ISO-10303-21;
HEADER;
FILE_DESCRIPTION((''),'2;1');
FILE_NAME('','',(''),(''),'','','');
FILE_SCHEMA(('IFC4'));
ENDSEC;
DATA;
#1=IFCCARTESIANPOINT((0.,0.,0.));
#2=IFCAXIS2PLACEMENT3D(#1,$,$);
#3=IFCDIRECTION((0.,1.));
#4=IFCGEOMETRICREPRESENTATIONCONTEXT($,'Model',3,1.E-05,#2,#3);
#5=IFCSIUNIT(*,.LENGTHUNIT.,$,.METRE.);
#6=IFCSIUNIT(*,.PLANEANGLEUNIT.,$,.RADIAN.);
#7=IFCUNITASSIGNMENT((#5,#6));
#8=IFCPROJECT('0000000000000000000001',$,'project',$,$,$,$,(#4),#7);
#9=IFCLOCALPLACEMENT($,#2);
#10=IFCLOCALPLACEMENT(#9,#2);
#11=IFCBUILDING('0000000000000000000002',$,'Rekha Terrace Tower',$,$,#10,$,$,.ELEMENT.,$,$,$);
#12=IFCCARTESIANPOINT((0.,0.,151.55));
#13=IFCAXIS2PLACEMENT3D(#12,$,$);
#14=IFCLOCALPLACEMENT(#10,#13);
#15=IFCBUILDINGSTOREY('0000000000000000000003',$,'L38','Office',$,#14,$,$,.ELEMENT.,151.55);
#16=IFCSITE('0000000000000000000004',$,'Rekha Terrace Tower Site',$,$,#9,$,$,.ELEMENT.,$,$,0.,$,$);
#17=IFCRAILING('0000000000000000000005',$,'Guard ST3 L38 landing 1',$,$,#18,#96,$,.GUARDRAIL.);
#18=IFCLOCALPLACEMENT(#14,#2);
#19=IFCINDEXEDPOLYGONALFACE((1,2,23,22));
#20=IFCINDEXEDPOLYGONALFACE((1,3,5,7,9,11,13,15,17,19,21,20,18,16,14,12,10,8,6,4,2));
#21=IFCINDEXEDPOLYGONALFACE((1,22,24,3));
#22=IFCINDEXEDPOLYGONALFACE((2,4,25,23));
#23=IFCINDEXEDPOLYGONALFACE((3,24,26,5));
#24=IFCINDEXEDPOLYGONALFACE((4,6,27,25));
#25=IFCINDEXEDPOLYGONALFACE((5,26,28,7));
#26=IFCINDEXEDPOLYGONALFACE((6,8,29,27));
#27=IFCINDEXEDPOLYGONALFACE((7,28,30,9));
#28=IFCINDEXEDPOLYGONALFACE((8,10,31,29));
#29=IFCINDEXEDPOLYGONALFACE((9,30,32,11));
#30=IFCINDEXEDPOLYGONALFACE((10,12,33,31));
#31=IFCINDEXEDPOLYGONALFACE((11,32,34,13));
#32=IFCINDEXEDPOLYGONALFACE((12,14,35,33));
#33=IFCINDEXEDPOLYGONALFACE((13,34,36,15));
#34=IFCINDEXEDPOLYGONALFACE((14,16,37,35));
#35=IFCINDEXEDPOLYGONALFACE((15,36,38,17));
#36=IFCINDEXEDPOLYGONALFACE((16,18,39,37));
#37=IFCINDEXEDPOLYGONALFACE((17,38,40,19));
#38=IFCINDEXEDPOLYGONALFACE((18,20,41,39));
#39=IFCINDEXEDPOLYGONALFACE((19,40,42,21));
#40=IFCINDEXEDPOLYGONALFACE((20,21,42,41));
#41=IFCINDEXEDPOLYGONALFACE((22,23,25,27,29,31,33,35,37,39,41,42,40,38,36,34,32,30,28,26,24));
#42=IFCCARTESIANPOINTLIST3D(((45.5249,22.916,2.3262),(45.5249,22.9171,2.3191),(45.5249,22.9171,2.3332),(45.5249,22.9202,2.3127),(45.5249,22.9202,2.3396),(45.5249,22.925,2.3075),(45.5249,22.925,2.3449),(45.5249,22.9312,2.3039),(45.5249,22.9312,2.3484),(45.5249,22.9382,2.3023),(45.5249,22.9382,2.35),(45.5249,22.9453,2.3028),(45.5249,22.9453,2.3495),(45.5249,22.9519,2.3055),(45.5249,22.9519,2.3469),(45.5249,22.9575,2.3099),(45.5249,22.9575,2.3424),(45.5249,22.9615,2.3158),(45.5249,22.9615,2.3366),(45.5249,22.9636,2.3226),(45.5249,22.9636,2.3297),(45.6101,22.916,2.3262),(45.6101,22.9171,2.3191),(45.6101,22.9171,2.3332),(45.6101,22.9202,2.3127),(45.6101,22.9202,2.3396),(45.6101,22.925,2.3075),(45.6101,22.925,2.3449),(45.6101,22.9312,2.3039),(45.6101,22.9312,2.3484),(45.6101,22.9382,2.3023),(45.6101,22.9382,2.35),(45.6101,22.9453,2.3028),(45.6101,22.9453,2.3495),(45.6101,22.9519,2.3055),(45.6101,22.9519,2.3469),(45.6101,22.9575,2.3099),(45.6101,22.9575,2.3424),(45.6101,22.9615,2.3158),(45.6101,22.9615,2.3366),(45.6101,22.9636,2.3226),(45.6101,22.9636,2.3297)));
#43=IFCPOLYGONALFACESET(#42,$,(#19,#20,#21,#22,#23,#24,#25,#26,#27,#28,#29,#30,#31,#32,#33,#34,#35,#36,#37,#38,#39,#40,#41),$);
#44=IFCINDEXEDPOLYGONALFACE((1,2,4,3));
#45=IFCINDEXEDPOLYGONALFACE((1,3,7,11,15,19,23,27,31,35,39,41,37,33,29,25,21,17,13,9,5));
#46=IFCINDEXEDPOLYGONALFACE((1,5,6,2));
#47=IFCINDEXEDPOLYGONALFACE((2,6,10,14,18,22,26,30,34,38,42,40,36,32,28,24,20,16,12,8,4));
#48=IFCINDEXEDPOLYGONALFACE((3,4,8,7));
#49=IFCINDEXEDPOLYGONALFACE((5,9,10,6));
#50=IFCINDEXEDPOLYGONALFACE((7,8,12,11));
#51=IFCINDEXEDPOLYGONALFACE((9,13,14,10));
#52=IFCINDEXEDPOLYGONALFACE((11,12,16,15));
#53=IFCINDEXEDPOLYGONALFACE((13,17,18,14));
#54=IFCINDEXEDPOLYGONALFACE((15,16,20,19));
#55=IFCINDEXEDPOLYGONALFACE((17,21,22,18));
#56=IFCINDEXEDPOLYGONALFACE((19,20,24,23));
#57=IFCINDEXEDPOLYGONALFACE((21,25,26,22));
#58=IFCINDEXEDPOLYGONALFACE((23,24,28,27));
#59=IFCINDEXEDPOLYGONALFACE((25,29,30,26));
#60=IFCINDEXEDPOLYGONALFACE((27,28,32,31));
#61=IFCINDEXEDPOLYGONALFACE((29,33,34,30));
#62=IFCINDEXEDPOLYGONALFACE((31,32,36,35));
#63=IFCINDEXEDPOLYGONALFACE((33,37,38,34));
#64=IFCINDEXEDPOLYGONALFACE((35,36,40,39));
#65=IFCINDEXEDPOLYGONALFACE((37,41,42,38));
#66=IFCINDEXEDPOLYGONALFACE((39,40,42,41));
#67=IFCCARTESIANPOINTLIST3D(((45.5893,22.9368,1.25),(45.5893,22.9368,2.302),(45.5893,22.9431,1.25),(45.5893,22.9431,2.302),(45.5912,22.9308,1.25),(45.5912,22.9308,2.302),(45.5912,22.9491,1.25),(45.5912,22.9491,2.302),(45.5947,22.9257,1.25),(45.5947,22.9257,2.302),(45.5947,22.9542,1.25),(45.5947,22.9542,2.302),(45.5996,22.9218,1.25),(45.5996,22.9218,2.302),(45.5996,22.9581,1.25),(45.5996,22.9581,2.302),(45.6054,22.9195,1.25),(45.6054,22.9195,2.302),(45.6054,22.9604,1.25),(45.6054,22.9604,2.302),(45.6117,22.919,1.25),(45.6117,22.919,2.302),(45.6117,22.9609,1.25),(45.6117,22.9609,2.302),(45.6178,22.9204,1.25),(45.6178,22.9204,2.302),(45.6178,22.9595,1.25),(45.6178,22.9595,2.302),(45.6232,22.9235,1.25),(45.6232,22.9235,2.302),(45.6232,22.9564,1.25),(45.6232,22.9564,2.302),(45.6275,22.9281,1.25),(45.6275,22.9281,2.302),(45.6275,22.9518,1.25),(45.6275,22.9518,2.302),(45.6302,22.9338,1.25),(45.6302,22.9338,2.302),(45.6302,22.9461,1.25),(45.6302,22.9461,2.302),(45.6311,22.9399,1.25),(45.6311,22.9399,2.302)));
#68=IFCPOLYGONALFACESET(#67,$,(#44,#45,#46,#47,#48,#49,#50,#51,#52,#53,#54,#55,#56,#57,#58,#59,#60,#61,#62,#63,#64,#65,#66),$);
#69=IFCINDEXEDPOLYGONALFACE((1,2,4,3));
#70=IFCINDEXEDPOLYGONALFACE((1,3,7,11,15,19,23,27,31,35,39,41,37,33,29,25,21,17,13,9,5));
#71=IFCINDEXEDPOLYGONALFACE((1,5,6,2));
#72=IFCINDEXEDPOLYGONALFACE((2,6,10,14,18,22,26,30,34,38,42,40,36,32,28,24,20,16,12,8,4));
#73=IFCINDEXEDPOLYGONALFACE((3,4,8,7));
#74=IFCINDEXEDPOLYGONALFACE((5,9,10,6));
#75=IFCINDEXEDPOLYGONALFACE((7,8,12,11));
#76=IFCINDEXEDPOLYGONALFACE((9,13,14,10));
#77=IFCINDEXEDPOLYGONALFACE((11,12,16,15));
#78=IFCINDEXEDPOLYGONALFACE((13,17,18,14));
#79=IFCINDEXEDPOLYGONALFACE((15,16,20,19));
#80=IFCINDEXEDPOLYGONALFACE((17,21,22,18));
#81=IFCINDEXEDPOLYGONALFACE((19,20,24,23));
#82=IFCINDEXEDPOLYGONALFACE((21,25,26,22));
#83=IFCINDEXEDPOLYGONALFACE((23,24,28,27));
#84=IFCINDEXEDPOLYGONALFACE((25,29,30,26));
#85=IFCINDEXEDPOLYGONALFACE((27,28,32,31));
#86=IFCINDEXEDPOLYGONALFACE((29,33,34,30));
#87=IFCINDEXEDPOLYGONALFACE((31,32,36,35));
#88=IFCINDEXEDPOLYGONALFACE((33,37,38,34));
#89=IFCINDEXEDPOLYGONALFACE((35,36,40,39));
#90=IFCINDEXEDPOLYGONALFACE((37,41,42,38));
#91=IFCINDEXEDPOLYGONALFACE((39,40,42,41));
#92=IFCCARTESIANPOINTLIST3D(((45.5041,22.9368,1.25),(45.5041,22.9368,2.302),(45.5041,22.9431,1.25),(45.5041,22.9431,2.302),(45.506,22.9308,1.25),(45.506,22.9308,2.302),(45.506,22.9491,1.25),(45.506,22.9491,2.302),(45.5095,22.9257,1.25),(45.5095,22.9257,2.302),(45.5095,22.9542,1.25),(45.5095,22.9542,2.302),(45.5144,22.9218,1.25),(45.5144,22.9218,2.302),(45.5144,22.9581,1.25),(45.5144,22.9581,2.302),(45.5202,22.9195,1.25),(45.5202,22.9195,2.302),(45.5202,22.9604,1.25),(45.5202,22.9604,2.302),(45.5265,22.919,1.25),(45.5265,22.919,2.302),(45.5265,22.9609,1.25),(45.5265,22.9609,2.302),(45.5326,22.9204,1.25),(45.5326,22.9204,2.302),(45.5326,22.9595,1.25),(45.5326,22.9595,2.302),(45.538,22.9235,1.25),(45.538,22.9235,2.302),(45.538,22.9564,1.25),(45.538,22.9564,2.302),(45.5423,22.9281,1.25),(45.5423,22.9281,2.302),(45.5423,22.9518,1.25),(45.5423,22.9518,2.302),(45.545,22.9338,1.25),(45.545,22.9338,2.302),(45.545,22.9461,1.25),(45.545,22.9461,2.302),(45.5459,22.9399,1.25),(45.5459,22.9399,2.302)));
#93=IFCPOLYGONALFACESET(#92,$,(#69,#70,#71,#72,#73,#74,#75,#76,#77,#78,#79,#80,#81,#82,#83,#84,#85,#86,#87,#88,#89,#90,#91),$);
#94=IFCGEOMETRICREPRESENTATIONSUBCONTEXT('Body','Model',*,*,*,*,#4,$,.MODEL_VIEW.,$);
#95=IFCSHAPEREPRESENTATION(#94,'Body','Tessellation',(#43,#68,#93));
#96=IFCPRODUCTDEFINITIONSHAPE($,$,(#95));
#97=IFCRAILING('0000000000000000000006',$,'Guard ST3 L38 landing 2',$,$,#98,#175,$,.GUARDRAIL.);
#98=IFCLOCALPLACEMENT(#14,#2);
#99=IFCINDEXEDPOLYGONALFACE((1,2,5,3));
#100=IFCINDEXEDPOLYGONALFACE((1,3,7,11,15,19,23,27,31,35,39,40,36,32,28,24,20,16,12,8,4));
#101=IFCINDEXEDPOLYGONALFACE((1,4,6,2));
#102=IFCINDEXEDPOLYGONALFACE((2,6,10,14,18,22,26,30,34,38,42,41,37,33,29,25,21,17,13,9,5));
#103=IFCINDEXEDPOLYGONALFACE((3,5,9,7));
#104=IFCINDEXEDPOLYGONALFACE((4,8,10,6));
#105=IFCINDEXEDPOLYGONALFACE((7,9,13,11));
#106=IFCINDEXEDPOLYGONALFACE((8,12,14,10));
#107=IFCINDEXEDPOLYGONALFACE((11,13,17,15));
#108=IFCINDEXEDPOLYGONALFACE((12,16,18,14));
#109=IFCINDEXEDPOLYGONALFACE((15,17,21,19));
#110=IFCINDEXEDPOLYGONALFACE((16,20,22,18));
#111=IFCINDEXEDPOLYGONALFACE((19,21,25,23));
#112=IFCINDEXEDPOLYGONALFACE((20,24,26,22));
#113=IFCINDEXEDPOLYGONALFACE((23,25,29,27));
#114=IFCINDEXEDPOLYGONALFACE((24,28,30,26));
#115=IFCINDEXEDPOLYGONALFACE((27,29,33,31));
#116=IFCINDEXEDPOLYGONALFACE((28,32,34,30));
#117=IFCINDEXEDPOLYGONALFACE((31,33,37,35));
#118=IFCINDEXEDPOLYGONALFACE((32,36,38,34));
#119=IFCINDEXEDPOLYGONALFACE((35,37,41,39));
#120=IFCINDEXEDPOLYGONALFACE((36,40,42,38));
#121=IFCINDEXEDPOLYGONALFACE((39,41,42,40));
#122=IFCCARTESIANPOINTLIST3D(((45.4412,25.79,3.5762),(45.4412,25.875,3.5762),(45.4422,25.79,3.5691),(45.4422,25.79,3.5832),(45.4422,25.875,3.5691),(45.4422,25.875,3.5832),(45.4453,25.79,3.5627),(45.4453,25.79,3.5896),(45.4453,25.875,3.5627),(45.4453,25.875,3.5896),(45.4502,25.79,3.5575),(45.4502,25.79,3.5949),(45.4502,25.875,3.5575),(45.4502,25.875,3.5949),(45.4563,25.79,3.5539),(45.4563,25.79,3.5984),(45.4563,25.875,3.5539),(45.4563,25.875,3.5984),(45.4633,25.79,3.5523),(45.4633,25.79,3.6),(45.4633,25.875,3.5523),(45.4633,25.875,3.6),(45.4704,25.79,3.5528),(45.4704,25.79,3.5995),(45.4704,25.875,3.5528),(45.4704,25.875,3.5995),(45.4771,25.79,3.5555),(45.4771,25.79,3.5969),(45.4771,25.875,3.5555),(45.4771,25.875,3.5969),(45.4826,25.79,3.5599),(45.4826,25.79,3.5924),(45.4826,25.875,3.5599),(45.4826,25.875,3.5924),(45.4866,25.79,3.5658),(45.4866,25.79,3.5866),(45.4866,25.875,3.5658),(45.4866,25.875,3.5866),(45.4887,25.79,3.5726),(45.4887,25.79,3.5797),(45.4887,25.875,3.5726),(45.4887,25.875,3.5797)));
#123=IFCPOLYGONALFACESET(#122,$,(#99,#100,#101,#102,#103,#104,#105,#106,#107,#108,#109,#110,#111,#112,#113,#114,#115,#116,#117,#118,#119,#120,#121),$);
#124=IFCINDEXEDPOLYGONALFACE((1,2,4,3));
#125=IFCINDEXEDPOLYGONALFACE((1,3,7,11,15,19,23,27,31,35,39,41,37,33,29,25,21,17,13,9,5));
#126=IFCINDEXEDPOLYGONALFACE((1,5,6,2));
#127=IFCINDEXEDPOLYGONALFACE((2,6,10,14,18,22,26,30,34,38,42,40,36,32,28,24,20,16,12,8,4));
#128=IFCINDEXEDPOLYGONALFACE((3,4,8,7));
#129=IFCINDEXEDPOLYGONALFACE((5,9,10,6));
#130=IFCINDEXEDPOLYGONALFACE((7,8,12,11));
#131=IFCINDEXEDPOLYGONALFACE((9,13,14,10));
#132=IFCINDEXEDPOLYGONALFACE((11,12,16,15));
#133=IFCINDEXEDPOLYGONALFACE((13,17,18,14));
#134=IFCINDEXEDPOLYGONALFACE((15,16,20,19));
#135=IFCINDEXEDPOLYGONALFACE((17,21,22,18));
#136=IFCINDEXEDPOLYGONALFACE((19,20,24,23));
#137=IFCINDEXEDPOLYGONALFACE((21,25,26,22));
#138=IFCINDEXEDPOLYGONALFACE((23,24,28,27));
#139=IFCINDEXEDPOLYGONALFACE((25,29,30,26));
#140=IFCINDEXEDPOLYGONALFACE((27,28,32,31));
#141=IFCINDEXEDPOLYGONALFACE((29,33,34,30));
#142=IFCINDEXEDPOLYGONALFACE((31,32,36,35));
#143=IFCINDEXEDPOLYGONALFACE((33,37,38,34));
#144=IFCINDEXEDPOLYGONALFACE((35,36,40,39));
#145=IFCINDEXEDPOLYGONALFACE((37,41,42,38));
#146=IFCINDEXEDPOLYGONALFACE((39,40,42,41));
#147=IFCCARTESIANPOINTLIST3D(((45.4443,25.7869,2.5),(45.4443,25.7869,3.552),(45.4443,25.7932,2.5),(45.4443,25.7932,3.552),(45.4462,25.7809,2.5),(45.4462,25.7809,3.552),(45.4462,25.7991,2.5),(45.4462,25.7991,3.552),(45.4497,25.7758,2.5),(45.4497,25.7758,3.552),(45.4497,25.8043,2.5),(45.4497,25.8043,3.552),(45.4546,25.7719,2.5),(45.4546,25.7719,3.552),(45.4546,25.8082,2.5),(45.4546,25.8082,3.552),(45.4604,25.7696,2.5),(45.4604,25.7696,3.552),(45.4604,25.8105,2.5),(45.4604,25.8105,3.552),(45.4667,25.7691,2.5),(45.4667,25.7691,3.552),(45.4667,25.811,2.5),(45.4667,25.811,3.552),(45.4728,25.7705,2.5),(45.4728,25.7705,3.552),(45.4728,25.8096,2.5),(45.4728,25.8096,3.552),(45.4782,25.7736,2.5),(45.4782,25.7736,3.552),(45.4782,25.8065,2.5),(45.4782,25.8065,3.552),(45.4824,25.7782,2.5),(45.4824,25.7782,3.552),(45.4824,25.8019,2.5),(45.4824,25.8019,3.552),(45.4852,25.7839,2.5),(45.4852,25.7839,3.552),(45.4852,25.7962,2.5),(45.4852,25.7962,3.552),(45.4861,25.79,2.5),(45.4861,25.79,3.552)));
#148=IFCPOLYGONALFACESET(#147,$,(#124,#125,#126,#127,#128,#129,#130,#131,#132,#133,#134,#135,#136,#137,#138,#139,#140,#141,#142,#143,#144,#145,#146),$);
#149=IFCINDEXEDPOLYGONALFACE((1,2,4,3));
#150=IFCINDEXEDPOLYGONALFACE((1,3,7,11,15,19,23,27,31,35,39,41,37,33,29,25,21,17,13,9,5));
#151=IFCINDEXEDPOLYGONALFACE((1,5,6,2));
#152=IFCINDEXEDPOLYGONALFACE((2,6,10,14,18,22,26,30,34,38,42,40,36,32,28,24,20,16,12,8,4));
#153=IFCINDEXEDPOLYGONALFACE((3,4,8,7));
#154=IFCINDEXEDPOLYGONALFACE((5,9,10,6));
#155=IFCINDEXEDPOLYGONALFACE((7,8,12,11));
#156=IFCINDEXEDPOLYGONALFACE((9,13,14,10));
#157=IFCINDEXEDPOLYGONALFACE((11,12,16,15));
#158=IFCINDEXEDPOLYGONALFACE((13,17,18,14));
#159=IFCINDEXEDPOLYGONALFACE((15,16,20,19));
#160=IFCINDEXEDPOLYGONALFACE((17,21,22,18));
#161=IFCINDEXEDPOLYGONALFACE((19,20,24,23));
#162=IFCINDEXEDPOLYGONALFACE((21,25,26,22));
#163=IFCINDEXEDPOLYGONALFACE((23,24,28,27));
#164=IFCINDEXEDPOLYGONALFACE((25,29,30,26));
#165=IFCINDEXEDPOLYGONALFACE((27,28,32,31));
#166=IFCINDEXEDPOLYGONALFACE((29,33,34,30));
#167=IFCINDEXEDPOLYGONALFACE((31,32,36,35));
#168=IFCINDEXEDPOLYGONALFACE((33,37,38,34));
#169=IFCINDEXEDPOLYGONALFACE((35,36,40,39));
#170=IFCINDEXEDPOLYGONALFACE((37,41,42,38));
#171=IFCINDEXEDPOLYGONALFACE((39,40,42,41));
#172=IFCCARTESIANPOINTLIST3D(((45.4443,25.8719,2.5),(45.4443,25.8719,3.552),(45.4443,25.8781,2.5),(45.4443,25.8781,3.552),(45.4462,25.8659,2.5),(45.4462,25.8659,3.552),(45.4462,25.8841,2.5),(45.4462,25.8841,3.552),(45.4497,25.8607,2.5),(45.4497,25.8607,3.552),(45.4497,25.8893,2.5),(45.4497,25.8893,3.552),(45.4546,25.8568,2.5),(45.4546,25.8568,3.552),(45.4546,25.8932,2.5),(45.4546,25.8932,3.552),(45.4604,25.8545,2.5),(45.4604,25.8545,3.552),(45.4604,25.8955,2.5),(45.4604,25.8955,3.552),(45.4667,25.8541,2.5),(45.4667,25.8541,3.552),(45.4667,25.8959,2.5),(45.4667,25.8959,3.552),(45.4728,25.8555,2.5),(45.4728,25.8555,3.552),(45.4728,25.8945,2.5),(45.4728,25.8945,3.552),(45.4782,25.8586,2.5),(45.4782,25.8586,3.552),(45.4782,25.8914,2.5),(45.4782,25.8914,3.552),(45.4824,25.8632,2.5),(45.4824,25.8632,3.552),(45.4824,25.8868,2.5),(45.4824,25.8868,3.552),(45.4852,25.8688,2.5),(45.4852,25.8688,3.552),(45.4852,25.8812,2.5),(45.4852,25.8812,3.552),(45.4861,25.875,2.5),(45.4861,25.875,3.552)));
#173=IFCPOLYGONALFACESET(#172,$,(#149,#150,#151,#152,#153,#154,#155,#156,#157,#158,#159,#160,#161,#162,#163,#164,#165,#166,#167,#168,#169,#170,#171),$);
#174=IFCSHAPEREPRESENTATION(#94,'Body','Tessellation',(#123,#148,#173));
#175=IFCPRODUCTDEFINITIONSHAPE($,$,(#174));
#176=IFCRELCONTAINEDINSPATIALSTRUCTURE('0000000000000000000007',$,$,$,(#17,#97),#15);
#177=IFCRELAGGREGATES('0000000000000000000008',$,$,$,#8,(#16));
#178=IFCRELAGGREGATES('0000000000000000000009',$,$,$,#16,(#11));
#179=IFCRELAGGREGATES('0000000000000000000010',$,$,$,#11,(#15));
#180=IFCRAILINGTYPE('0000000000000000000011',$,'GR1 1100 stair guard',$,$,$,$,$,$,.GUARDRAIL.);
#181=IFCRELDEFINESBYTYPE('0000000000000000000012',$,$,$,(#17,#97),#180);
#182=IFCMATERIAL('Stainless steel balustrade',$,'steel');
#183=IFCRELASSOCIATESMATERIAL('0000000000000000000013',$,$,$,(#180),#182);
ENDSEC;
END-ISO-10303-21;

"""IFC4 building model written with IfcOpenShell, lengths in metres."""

from ifc_helpers import new_model, si_unit, direction, frame, origin, origin_2d, place, context, subcontext, project, spatial, circle, extrude, material, type_object, element, save


model = new_model("IFC4")

# Units and contexts
model_context = context("Model", 3, precision=1e-05, world=origin(), true_north=direction((0.0, 1.0)))
body_context = subcontext(model_context, "Body", "Model", "MODEL_VIEW")
ifc_project = project(units=[si_unit("LENGTHUNIT", "METRE"), si_unit("PLANEANGLEUNIT", "RADIAN")], contexts=[model_context])

# Site, building, storey
site_placement = place(None, origin())
site = spatial("IfcSite", under=ifc_project, at=site_placement, Name="Rekha Terrace Tower Site", CompositionType="ELEMENT", RefElevation=0.0)
building_placement = place(site_placement, origin())
building = spatial("IfcBuilding", under=site, at=building_placement, Name="Rekha Terrace Tower", CompositionType="ELEMENT")
storey_placement = place(building_placement, frame((0.0, 0.0, 151.55)))
storey = spatial("IfcBuildingStorey", under=building, at=storey_placement, Name="L38", Description="Office", CompositionType="ELEMENT", Elevation=151.55)

# Railings
ifc_material_1 = material(Name="Stainless steel balustrade", Category="steel")
railing_type_1 = type_object("IfcRailingType", Name="GR1 1100 stair guard", PredefinedType="GUARDRAIL", material=ifc_material_1)
railing_1_placement = place(storey_placement, frame((45.6101, 22.9399, 1.25)))
element("IfcRailing", 1, at=railing_1_placement, inside=storey, type_object=railing_type_1, Name="Guard ST3 L38 landing 1", PredefinedType="GUARDRAIL", context=body_context, shape_type="SweptSolid", body=[
    extrude(circle(Radius=0.0239, at=origin_2d()), frame((0.0, 0.0, 1.0762), z_axis=(-1.0, 0.0, 0.0), x_axis=(0.0, -1.0, 0.0)), (0.0, 0.0, 1.0), 0.0852),
    extrude(circle(Radius=0.021, at=origin_2d()), origin(), (0.0, 0.0, 1.0), 1.052),
    extrude(circle(Radius=0.021, at=origin_2d()), frame((-0.0852, 0.0, 0.0)), (0.0, 0.0, 1.0), 1.052),
])
railing_2_placement = place(storey_placement, frame((45.4651, 25.79, 2.5)))
element("IfcRailing", 2, at=railing_2_placement, inside=storey, type_object=railing_type_1, Name="Guard ST3 L38 landing 2", PredefinedType="GUARDRAIL", context=body_context, shape_type="SweptSolid", body=[
    extrude(circle(Radius=0.0239, at=origin_2d()), frame((0.0, 0.0, 1.0762), z_axis=(0.0, 1.0, 0.0), x_axis=(-1.0, 0.0, 0.0)), (0.0, 0.0, 1.0), 0.085),
    extrude(circle(Radius=0.021, at=origin_2d()), origin(), (0.0, 0.0, 1.0), 1.052),
    extrude(circle(Radius=0.021, at=origin_2d()), frame((0.0, 0.085, 0.0)), (0.0, 0.0, 1.0), 1.052),
])

save(model, "model.ifc")
